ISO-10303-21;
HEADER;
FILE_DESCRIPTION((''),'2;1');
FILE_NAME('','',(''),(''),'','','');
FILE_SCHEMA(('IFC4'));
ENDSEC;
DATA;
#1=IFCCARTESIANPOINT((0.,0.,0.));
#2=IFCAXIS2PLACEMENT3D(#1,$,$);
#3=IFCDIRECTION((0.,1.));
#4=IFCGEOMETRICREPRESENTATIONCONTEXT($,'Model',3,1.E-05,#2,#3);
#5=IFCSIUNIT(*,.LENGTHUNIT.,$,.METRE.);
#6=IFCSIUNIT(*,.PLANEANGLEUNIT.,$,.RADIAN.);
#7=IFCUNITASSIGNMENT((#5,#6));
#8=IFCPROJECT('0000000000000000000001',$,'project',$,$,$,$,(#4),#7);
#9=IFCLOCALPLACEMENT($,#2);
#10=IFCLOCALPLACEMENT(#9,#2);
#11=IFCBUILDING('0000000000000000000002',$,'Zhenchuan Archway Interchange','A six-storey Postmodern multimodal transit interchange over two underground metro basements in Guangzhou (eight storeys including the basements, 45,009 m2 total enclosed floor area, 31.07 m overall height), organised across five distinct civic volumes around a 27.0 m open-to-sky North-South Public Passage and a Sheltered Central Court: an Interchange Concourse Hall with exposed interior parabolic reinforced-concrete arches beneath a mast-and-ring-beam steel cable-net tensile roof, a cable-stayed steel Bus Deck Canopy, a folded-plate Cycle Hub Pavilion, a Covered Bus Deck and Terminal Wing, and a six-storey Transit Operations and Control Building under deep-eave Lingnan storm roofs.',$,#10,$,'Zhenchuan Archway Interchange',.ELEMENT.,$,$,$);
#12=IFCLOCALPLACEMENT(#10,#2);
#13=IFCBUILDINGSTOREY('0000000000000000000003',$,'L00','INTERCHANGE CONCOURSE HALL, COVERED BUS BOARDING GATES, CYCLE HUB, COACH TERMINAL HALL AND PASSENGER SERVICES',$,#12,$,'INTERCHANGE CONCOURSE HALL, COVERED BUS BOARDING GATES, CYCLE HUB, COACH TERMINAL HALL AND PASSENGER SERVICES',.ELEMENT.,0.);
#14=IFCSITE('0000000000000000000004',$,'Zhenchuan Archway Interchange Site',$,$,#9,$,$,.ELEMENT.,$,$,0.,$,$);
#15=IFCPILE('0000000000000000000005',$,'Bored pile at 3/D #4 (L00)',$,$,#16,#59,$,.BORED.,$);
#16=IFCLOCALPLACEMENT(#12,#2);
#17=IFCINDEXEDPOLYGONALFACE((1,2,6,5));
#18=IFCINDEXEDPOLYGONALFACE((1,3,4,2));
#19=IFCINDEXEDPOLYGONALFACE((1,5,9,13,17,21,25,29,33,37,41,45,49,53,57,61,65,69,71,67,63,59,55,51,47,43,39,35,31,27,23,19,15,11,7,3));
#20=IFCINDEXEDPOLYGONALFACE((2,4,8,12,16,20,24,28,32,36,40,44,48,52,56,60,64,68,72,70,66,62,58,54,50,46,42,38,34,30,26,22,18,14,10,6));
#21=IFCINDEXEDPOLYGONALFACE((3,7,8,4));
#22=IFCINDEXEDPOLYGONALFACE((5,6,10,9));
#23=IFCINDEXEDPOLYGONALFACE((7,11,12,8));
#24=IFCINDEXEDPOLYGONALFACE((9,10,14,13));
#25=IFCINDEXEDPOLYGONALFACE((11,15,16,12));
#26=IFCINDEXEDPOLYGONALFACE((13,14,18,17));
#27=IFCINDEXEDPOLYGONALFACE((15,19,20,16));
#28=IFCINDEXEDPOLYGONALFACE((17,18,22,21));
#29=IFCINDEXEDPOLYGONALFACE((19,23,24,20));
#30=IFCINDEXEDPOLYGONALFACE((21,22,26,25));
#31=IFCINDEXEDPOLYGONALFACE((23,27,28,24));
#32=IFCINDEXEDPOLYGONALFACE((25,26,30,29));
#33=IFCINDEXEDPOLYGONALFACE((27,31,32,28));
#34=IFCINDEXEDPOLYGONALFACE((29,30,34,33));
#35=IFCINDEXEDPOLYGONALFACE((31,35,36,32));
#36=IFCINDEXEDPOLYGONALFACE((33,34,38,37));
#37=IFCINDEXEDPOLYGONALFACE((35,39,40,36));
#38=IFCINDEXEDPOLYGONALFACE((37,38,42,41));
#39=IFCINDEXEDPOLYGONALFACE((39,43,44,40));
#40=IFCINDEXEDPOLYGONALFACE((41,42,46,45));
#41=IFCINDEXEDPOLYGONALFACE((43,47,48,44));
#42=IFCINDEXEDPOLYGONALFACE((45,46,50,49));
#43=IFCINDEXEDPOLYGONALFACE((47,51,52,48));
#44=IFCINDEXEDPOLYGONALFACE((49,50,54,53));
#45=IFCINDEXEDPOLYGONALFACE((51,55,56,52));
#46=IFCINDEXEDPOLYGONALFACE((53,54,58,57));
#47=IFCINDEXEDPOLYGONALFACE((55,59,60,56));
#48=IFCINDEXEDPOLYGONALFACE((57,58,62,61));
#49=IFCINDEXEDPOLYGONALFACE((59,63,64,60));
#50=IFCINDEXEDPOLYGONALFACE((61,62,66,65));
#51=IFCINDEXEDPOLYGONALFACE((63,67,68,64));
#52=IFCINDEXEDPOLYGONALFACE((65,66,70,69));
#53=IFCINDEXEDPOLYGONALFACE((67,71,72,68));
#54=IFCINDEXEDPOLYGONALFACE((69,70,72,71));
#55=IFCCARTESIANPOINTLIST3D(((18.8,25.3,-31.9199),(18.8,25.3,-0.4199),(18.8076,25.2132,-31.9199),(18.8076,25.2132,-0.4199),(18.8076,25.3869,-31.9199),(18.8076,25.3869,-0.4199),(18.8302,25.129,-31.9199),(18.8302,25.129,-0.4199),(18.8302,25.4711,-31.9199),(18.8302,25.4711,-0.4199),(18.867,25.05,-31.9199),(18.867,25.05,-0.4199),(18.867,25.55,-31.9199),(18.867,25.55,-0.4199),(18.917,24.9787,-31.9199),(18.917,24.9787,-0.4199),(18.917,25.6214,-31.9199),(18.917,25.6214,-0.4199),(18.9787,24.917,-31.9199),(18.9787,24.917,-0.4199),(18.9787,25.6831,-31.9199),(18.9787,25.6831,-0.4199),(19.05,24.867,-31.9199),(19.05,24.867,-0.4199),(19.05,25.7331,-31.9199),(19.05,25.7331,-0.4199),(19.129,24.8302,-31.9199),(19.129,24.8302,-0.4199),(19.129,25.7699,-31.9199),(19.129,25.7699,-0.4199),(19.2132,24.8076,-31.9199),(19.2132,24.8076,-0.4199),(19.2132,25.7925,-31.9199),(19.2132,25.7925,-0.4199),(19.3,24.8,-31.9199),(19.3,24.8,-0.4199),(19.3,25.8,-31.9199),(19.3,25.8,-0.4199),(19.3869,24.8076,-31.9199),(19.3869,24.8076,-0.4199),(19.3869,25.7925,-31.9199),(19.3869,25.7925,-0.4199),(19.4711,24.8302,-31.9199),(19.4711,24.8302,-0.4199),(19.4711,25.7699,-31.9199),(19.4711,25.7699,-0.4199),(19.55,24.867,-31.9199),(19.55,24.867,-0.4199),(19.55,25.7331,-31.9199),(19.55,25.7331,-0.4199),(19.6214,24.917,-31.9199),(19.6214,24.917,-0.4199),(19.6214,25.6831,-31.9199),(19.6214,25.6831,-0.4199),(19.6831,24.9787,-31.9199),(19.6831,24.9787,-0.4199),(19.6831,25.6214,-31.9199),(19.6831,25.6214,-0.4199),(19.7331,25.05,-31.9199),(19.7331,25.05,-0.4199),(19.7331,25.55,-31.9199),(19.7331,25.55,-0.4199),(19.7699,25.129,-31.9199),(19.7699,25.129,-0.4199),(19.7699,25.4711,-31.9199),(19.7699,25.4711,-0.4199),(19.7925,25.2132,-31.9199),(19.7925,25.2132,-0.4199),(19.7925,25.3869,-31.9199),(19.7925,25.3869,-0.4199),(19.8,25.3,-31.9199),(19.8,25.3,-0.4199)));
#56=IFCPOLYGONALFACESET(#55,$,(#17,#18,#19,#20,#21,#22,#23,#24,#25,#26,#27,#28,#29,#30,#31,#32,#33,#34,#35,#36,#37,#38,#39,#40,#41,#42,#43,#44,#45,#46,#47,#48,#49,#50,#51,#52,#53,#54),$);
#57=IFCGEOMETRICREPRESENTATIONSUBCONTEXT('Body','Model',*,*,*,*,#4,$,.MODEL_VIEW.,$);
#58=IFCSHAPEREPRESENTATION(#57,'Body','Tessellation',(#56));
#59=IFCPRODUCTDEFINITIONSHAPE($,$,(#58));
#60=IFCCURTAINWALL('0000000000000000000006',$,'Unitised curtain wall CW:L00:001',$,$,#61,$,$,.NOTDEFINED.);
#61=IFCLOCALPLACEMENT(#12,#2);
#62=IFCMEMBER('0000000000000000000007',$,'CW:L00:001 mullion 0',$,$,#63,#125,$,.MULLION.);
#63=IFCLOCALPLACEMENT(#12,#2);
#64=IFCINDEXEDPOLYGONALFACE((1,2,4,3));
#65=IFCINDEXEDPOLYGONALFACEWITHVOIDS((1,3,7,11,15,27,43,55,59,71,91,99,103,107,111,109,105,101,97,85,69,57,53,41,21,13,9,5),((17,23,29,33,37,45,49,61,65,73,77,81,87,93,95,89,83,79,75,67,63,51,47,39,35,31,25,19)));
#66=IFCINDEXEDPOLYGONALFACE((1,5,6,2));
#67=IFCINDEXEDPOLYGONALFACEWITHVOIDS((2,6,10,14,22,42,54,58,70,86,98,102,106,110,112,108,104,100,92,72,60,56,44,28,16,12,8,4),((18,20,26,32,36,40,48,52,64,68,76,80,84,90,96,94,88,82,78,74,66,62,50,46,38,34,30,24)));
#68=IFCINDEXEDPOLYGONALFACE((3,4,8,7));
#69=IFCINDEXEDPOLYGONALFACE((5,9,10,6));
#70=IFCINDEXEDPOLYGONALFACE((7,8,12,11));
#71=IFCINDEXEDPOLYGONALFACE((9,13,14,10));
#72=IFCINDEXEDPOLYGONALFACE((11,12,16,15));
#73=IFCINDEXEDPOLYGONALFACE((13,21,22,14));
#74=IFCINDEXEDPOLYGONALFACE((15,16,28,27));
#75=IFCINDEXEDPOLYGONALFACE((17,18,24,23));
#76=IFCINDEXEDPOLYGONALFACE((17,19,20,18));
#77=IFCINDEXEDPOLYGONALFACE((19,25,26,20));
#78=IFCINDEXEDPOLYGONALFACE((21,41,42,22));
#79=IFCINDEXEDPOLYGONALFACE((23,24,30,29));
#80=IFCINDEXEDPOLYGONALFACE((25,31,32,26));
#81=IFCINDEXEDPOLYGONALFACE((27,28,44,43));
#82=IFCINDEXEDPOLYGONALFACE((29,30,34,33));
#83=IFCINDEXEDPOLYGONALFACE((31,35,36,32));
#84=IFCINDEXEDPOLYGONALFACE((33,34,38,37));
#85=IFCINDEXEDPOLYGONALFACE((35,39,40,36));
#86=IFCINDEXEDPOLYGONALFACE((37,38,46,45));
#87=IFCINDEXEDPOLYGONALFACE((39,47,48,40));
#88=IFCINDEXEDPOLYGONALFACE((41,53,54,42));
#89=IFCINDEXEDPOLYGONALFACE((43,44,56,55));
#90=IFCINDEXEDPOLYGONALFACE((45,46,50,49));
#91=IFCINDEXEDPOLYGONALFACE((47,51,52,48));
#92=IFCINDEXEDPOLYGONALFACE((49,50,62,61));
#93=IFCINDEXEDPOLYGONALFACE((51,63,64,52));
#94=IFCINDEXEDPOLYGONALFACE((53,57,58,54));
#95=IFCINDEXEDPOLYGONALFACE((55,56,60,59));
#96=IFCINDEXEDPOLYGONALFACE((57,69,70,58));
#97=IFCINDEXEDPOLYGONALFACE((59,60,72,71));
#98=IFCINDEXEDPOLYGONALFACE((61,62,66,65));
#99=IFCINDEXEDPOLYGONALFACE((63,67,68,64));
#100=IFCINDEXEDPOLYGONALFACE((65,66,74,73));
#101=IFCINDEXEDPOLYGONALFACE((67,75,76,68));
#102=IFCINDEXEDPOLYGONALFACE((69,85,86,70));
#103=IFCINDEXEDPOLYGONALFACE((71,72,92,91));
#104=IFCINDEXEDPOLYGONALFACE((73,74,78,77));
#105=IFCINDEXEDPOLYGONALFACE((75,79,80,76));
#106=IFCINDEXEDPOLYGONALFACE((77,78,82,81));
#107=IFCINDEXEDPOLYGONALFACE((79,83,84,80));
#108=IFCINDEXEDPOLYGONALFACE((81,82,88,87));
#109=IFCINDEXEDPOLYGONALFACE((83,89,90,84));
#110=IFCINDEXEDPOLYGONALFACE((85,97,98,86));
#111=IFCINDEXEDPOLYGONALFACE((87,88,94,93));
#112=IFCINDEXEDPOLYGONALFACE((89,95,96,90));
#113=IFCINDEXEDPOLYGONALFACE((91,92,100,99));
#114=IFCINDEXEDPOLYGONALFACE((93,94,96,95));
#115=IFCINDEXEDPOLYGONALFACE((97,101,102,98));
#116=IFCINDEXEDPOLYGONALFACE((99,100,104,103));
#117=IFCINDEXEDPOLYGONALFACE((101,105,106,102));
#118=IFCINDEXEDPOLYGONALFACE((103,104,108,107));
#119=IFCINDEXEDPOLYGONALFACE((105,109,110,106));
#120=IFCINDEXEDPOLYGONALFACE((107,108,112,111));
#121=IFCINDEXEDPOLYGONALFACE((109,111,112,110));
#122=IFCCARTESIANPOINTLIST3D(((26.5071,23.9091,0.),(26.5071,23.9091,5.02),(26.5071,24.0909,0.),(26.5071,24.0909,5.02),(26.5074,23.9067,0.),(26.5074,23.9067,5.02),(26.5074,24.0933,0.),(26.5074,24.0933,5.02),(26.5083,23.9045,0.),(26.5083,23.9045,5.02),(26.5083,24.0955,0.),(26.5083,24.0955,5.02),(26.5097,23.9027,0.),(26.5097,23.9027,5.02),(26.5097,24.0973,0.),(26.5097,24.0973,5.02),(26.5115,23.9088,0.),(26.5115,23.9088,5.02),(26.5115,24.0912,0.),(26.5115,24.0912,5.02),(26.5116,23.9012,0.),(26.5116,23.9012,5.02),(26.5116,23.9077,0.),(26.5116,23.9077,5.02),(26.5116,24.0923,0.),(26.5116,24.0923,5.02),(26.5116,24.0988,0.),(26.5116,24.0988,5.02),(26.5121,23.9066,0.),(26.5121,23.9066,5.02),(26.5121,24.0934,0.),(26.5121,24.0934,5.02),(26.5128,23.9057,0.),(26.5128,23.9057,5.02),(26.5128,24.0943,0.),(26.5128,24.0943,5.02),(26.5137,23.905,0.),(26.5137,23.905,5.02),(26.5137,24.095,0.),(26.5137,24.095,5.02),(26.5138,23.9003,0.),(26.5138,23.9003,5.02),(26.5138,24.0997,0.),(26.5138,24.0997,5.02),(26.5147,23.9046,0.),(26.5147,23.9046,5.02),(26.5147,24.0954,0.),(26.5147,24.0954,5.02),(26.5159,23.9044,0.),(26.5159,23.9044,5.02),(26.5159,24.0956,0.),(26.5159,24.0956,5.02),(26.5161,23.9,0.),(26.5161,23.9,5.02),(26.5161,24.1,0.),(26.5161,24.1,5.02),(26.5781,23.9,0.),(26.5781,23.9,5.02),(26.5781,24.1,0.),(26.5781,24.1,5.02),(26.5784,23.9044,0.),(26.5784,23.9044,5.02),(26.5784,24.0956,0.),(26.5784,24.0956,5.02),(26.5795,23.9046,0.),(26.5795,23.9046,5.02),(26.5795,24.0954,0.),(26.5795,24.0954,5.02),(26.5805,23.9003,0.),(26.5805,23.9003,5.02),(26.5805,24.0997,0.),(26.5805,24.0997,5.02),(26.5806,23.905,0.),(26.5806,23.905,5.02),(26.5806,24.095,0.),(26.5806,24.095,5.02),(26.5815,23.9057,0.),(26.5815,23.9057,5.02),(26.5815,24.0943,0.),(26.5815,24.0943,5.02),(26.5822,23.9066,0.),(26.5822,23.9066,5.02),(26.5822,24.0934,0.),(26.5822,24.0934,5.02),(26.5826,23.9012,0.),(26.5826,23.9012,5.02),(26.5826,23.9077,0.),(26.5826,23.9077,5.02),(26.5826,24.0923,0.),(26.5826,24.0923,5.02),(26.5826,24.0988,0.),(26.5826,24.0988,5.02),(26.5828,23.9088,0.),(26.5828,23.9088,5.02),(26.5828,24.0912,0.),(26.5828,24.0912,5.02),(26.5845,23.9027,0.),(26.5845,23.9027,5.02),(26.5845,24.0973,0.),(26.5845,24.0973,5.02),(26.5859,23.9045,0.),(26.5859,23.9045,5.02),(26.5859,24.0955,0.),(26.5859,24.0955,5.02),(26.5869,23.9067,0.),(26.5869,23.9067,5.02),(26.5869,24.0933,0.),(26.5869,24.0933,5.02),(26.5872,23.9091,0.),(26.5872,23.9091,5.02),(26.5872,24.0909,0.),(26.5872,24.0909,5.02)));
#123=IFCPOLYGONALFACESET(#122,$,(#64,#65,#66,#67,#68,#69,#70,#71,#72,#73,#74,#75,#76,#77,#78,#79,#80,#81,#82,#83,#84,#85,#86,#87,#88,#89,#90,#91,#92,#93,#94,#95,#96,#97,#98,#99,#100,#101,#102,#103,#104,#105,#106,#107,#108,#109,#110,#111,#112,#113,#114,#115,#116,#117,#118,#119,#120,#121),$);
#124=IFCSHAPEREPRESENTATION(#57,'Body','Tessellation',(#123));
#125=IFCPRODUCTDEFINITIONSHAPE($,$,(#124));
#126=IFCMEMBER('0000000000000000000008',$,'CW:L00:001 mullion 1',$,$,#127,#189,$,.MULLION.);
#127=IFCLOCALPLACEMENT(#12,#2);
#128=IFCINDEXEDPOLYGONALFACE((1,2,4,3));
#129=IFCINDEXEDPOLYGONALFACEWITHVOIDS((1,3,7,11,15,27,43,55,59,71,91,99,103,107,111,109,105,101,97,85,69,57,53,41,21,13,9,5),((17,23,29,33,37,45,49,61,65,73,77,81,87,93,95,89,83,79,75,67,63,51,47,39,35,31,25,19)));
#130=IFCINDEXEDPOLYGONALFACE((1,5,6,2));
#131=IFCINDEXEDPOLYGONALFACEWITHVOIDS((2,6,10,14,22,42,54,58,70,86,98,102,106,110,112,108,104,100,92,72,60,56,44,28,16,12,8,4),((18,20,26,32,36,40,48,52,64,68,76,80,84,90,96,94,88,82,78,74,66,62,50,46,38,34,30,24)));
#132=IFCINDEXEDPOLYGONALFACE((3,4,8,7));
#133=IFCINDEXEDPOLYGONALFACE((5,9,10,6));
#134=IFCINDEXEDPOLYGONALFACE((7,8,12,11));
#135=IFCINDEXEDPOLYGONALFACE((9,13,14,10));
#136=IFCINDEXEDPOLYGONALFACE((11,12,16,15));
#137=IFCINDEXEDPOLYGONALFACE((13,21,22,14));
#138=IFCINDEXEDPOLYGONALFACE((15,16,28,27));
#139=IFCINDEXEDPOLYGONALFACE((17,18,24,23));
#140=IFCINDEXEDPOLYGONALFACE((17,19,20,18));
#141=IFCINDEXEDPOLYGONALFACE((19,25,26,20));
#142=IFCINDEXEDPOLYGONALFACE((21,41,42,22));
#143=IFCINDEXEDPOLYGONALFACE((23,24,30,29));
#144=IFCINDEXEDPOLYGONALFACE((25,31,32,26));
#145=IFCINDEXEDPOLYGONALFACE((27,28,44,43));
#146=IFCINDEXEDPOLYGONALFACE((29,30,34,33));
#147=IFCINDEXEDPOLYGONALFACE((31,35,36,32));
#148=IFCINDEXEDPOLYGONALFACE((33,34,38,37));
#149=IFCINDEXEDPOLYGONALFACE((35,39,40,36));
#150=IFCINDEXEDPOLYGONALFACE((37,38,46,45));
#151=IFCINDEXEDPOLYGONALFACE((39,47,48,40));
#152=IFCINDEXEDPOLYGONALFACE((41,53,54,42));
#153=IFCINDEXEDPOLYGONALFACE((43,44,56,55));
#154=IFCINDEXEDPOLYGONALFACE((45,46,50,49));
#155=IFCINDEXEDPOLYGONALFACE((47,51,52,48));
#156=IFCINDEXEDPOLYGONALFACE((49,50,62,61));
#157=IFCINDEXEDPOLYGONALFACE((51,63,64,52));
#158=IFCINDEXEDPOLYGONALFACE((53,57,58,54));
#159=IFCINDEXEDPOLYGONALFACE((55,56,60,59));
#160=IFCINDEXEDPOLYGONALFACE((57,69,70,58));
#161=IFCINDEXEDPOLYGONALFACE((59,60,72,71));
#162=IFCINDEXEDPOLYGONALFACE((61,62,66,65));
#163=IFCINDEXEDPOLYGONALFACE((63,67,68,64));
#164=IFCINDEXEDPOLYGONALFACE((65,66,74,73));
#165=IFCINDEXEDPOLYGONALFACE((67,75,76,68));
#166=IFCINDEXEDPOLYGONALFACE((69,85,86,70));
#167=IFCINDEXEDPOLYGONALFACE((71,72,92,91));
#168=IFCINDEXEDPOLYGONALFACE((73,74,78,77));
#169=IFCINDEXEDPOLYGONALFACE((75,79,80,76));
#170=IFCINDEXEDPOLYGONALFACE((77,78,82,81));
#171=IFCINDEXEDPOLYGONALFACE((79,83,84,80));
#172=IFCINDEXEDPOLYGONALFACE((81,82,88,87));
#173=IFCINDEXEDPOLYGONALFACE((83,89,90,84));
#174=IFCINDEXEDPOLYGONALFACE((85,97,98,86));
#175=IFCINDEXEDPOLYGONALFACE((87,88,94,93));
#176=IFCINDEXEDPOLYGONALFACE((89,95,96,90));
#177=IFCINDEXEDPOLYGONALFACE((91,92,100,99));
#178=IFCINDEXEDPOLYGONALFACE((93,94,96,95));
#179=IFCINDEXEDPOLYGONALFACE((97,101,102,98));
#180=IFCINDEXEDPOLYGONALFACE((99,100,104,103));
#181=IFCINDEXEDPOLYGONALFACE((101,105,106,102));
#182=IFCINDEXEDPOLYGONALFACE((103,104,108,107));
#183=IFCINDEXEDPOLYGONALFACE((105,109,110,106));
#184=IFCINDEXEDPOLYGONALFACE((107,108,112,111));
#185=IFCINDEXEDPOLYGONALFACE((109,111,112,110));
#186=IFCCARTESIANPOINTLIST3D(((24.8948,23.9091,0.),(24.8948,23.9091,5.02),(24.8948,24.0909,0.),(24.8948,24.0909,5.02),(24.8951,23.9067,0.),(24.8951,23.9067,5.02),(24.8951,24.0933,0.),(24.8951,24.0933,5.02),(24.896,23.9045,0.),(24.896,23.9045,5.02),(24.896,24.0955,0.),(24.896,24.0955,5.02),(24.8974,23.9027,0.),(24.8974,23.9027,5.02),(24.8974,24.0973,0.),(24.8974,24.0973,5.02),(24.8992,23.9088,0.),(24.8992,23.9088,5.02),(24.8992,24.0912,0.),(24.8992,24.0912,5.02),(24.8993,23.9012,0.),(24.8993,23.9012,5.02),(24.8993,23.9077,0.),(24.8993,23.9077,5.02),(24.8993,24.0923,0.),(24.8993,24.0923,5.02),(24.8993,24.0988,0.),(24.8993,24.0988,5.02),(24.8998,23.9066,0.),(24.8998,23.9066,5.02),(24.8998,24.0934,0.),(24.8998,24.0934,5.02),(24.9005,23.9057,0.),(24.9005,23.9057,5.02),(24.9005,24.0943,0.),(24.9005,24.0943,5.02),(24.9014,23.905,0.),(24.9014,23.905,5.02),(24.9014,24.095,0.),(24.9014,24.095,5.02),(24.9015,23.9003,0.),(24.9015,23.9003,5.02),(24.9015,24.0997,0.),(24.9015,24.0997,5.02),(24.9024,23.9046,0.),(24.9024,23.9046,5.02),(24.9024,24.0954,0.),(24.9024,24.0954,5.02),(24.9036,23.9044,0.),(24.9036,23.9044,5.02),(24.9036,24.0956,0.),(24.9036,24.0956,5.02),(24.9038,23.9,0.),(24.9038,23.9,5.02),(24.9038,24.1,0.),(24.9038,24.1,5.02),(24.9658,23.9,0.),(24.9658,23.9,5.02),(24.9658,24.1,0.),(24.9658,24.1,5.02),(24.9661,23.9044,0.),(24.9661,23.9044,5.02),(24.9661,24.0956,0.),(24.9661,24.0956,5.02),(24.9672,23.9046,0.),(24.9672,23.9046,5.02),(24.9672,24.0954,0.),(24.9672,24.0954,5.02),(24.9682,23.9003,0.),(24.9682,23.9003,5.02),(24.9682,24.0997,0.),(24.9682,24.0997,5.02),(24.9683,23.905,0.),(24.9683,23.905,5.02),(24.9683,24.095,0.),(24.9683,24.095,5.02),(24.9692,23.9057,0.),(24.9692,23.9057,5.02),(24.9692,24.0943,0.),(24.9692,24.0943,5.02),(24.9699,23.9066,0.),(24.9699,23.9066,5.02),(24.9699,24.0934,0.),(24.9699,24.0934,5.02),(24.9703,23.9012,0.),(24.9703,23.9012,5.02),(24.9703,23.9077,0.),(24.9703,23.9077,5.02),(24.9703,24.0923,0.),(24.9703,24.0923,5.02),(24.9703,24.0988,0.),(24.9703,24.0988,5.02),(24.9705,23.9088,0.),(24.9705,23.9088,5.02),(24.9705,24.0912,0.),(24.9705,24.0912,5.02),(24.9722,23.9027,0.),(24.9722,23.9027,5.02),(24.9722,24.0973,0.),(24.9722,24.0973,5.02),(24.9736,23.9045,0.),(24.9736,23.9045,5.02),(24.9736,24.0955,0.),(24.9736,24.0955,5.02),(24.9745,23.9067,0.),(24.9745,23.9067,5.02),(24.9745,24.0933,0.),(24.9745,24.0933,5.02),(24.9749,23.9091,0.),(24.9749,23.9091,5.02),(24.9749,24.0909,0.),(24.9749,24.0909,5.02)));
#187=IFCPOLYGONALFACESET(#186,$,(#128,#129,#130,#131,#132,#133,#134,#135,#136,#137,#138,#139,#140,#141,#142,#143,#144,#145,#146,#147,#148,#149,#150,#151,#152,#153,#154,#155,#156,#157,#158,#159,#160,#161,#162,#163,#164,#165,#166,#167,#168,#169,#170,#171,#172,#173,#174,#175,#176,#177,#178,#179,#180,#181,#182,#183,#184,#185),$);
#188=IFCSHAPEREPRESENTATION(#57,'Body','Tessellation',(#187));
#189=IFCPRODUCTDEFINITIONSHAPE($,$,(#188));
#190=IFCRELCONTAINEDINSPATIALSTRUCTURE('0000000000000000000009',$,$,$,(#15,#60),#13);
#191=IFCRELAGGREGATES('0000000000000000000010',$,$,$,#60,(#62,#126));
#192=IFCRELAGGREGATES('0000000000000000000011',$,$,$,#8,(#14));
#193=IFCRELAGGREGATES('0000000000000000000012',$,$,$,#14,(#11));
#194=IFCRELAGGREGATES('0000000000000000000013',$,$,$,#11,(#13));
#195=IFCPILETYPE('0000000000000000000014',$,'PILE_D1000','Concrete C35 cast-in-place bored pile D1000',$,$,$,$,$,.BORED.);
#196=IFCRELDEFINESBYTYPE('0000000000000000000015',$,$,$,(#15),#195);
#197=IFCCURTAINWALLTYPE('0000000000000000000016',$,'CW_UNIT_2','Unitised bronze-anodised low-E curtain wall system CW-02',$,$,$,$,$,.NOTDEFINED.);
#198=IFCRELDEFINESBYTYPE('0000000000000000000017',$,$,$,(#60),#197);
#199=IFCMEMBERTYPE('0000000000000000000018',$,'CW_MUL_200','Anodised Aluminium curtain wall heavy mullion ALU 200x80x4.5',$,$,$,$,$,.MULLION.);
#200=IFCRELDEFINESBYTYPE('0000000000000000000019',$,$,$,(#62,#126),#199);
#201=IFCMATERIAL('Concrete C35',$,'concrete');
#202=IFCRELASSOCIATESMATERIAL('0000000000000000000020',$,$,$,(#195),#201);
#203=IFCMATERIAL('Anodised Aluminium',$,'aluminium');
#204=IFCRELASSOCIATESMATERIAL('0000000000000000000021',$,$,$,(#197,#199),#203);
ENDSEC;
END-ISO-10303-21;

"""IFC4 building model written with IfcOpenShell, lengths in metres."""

from ifc_helpers import new_model, si_unit, direction, frame, origin, origin_2d, place, context, subcontext, project, spatial, hollow_rectangle, circle, extrude, material, material_profile, profile_set, type_object, element, aggregate, save


model = new_model("IFC4")

# Units and contexts
model_context = context("Model", 3, precision=1e-05, world=origin(), true_north=direction((0.0, 1.0)))
body_context = subcontext(model_context, "Body", "Model", "MODEL_VIEW")
ifc_project = project(units=[si_unit("LENGTHUNIT", "METRE"), si_unit("PLANEANGLEUNIT", "RADIAN")], contexts=[model_context])

# Site, building, storey
site_placement = place(None, origin())
site = spatial("IfcSite", under=ifc_project, at=site_placement, Name="Zhenchuan Archway Interchange Site", CompositionType="ELEMENT", RefElevation=0.0)
building_placement = place(site_placement, origin())
building = spatial("IfcBuilding", under=site, at=building_placement, Name="Zhenchuan Archway Interchange", Description="A six-storey Postmodern multimodal transit interchange over two underground metro basements in Guangzhou (eight storeys including the basements, 45,009 m2 total enclosed floor area, 31.07 m overall height), organised across five distinct civic volumes around a 27.0 m open-to-sky North-South Public Passage and a Sheltered Central Court: an Interchange Concourse Hall with exposed interior parabolic reinforced-concrete arches beneath a mast-and-ring-beam steel cable-net tensile roof, a cable-stayed steel Bus Deck Canopy, a folded-plate Cycle Hub Pavilion, a Covered Bus Deck and Terminal Wing, and a six-storey Transit Operations and Control Building under deep-eave Lingnan storm roofs.", LongName="Zhenchuan Archway Interchange", CompositionType="ELEMENT")
storey_placement = place(building_placement, origin())
storey = spatial("IfcBuildingStorey", under=building, at=storey_placement, Name="L00", Description="INTERCHANGE CONCOURSE HALL, COVERED BUS BOARDING GATES, CYCLE HUB, COACH TERMINAL HALL AND PASSENGER SERVICES", LongName="INTERCHANGE CONCOURSE HALL, COVERED BUS BOARDING GATES, CYCLE HUB, COACH TERMINAL HALL AND PASSENGER SERVICES", CompositionType="ELEMENT", Elevation=0.0)

# Pile
ifc_material_1 = material(Name="Concrete C35", Category="concrete")
ifc_material_profile_1 = material_profile(ifc_material_1, circle(Radius=0.5, at=origin_2d()), Name="BORED PILE 1000")
ifc_profile_set_1 = profile_set([ifc_material_profile_1], Name="Concrete C35")
pile_type = type_object("IfcPileType", Name="PILE_D1000", Description="Concrete C35 cast-in-place bored pile D1000", PredefinedType="BORED", material=ifc_profile_set_1)
pile_placement = place(storey_placement, frame((19.3, 25.3, -0.4199), z_axis=(0.0, 0.0, -1.0), x_axis=(1.0, 0.0, 0.0)))
element("IfcPile", 1, at=pile_placement, inside=storey, type_object=pile_type, Name="Bored pile at 3/D #4 (L00)", PredefinedType="BORED", context=body_context, shape_type="SweptSolid", body=[
    extrude(circle(Radius=0.5, at=origin_2d()), origin(), (0.0, 0.0, 1.0), 31.5),
])

# Curtain wall, members
ifc_material_2 = material(Name="Anodised Aluminium", Category="aluminium")
curtain_wall_type = type_object("IfcCurtainWallType", Name="CW_UNIT_2", Description="Unitised bronze-anodised low-E curtain wall system CW-02", PredefinedType="NOTDEFINED", material=ifc_material_2)
curtain_wall_placement = place(storey_placement, origin())
curtain_wall = element("IfcCurtainWall", 2, at=curtain_wall_placement, inside=storey, type_object=curtain_wall_type, Name="Unitised curtain wall CW:L00:001", PredefinedType="NOTDEFINED")
ifc_material_profile_2 = material_profile(ifc_material_2, hollow_rectangle(XDim=0.0801, YDim=0.2, WallThickness=0.0044, InnerFilletRadius=0.0044, OuterFilletRadius=0.009, at=origin_2d()), Name="ALU 200x80x4.5")
ifc_profile_set_2 = profile_set([ifc_material_profile_2], Name="Anodised Aluminium")
member_type_1 = type_object("IfcMemberType", Name="CW_MUL_200", Description="Anodised Aluminium curtain wall heavy mullion ALU 200x80x4.5", PredefinedType="MULLION", material=ifc_profile_set_2)
member_1_placement = place(storey_placement, frame((26.5471, 24.0, 0.0), z_axis=(0.0, 0.0, 1.0), x_axis=(1.0, 0.0, 0.0)))
member_1 = element("IfcMember", 3, at=member_1_placement, type_object=member_type_1, Name="CW:L00:001 mullion 0", PredefinedType="MULLION", context=body_context, shape_type="SweptSolid", body=[
    extrude(hollow_rectangle(XDim=0.0801, YDim=0.2, WallThickness=0.0044, InnerFilletRadius=0.0044, OuterFilletRadius=0.009, at=origin_2d()), origin(), (0.0, 0.0, 1.0), 5.02),
])
member_2_placement = place(storey_placement, frame((24.9348, 24.0, 0.0), z_axis=(0.0, 0.0, 1.0), x_axis=(1.0, 0.0, 0.0)))
member_2 = element("IfcMember", 4, at=member_2_placement, type_object=member_type_1, Name="CW:L00:001 mullion 1", PredefinedType="MULLION", context=body_context, shape_type="SweptSolid", body=[
    extrude(hollow_rectangle(XDim=0.0801, YDim=0.2, WallThickness=0.0044, InnerFilletRadius=0.0044, OuterFilletRadius=0.009, at=origin_2d()), origin(), (0.0, 0.0, 1.0), 5.02),
])
aggregate(curtain_wall, [member_1, member_2])

save(model, "model.ifc")
